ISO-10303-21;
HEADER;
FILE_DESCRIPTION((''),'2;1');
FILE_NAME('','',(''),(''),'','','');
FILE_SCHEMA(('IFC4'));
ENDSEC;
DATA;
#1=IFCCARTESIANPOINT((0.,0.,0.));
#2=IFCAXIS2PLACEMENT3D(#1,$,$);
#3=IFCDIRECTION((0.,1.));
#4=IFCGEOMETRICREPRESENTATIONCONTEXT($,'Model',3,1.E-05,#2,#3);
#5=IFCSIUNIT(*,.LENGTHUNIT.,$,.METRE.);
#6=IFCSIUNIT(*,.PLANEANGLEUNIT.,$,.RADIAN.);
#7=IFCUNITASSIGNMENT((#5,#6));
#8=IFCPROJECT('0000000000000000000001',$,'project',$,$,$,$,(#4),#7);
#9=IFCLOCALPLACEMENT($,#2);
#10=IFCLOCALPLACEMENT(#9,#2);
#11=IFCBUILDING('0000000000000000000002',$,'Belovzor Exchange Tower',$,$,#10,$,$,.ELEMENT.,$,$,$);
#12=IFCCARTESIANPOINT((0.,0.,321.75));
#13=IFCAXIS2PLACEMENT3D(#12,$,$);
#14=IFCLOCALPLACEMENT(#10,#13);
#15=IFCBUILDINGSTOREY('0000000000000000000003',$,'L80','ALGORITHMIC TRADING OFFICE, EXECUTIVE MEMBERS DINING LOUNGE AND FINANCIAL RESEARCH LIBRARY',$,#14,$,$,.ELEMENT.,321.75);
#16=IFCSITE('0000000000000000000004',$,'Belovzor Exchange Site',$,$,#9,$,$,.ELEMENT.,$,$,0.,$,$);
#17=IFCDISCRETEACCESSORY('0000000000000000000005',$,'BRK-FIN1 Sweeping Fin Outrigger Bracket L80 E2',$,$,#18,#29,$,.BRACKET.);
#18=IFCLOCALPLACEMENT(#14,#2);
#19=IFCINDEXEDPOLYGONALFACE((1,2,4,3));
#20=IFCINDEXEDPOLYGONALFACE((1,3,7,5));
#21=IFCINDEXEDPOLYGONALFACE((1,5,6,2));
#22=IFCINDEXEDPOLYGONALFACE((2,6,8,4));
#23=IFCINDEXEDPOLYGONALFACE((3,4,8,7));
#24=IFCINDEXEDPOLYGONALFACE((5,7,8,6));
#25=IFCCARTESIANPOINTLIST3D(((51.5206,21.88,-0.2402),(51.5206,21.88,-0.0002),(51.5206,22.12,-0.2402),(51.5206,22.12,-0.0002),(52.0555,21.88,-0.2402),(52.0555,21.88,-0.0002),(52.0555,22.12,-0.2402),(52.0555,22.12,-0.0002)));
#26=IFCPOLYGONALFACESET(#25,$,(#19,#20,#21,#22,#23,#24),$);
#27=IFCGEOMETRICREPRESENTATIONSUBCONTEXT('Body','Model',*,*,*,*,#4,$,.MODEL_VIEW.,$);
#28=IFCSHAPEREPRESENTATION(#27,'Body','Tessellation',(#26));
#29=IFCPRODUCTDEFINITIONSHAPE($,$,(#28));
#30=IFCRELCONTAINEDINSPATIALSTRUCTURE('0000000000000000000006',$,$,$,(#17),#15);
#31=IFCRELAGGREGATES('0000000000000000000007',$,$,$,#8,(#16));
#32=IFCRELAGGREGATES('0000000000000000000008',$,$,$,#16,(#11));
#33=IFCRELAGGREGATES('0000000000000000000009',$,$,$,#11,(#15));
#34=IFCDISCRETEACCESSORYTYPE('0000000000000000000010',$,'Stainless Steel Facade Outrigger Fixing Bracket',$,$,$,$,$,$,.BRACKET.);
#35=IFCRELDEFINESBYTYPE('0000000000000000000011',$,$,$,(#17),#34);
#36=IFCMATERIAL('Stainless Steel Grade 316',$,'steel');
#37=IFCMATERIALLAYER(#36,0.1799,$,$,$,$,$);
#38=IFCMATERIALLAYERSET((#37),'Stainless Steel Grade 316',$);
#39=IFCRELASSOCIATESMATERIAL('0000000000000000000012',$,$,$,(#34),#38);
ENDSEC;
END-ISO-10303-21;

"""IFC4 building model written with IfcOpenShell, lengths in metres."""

from ifc_helpers import new_model, si_unit, direction, frame, origin, origin_2d, place, context, subcontext, project, spatial, rectangle, extrude, material, layer, layer_set, type_object, element, save


model = new_model("IFC4")

# Units and contexts
model_context = context("Model", 3, precision=1e-05, world=origin(), true_north=direction((0.0, 1.0)))
body_context = subcontext(model_context, "Body", "Model", "MODEL_VIEW")
ifc_project = project(units=[si_unit("LENGTHUNIT", "METRE"), si_unit("PLANEANGLEUNIT", "RADIAN")], contexts=[model_context])

# Site, building, storey
site_placement = place(None, origin())
site = spatial("IfcSite", under=ifc_project, at=site_placement, Name="Belovzor Exchange Site", CompositionType="ELEMENT", RefElevation=0.0)
building_placement = place(site_placement, origin())
building = spatial("IfcBuilding", under=site, at=building_placement, Name="Belovzor Exchange Tower", CompositionType="ELEMENT")
storey_placement = place(building_placement, frame((0.0, 0.0, 321.75)))
storey = spatial("IfcBuildingStorey", under=building, at=storey_placement, Name="L80", Description="ALGORITHMIC TRADING OFFICE, EXECUTIVE MEMBERS DINING LOUNGE AND FINANCIAL RESEARCH LIBRARY", CompositionType="ELEMENT", Elevation=321.75)

# Discrete accessory
ifc_material_1 = material(Name="Stainless Steel Grade 316", Category="steel")
ifc_layer_1 = layer(ifc_material_1, 0.1799)
ifc_layer_set_1 = layer_set([ifc_layer_1], Name="Stainless Steel Grade 316")
discrete_accessory_type = type_object("IfcDiscreteAccessoryType", Name="Stainless Steel Facade Outrigger Fixing Bracket", PredefinedType="BRACKET", material=ifc_layer_set_1)
discrete_accessory_placement = place(storey_placement, frame((51.7881, 22.0, -0.2402), z_axis=(0.0, 0.0, 1.0), x_axis=(1.0, 0.0, 0.0)))
element("IfcDiscreteAccessory", 1, at=discrete_accessory_placement, inside=storey, type_object=discrete_accessory_type, Name="BRK-FIN1 Sweeping Fin Outrigger Bracket L80 E2", PredefinedType="BRACKET", context=body_context, shape_type="SweptSolid", body=[
    extrude(rectangle(XDim=0.5349, YDim=0.24, at=origin_2d()), origin(), (0.0, 0.0, 1.0), 0.24),
])

save(model, "model.ifc")
